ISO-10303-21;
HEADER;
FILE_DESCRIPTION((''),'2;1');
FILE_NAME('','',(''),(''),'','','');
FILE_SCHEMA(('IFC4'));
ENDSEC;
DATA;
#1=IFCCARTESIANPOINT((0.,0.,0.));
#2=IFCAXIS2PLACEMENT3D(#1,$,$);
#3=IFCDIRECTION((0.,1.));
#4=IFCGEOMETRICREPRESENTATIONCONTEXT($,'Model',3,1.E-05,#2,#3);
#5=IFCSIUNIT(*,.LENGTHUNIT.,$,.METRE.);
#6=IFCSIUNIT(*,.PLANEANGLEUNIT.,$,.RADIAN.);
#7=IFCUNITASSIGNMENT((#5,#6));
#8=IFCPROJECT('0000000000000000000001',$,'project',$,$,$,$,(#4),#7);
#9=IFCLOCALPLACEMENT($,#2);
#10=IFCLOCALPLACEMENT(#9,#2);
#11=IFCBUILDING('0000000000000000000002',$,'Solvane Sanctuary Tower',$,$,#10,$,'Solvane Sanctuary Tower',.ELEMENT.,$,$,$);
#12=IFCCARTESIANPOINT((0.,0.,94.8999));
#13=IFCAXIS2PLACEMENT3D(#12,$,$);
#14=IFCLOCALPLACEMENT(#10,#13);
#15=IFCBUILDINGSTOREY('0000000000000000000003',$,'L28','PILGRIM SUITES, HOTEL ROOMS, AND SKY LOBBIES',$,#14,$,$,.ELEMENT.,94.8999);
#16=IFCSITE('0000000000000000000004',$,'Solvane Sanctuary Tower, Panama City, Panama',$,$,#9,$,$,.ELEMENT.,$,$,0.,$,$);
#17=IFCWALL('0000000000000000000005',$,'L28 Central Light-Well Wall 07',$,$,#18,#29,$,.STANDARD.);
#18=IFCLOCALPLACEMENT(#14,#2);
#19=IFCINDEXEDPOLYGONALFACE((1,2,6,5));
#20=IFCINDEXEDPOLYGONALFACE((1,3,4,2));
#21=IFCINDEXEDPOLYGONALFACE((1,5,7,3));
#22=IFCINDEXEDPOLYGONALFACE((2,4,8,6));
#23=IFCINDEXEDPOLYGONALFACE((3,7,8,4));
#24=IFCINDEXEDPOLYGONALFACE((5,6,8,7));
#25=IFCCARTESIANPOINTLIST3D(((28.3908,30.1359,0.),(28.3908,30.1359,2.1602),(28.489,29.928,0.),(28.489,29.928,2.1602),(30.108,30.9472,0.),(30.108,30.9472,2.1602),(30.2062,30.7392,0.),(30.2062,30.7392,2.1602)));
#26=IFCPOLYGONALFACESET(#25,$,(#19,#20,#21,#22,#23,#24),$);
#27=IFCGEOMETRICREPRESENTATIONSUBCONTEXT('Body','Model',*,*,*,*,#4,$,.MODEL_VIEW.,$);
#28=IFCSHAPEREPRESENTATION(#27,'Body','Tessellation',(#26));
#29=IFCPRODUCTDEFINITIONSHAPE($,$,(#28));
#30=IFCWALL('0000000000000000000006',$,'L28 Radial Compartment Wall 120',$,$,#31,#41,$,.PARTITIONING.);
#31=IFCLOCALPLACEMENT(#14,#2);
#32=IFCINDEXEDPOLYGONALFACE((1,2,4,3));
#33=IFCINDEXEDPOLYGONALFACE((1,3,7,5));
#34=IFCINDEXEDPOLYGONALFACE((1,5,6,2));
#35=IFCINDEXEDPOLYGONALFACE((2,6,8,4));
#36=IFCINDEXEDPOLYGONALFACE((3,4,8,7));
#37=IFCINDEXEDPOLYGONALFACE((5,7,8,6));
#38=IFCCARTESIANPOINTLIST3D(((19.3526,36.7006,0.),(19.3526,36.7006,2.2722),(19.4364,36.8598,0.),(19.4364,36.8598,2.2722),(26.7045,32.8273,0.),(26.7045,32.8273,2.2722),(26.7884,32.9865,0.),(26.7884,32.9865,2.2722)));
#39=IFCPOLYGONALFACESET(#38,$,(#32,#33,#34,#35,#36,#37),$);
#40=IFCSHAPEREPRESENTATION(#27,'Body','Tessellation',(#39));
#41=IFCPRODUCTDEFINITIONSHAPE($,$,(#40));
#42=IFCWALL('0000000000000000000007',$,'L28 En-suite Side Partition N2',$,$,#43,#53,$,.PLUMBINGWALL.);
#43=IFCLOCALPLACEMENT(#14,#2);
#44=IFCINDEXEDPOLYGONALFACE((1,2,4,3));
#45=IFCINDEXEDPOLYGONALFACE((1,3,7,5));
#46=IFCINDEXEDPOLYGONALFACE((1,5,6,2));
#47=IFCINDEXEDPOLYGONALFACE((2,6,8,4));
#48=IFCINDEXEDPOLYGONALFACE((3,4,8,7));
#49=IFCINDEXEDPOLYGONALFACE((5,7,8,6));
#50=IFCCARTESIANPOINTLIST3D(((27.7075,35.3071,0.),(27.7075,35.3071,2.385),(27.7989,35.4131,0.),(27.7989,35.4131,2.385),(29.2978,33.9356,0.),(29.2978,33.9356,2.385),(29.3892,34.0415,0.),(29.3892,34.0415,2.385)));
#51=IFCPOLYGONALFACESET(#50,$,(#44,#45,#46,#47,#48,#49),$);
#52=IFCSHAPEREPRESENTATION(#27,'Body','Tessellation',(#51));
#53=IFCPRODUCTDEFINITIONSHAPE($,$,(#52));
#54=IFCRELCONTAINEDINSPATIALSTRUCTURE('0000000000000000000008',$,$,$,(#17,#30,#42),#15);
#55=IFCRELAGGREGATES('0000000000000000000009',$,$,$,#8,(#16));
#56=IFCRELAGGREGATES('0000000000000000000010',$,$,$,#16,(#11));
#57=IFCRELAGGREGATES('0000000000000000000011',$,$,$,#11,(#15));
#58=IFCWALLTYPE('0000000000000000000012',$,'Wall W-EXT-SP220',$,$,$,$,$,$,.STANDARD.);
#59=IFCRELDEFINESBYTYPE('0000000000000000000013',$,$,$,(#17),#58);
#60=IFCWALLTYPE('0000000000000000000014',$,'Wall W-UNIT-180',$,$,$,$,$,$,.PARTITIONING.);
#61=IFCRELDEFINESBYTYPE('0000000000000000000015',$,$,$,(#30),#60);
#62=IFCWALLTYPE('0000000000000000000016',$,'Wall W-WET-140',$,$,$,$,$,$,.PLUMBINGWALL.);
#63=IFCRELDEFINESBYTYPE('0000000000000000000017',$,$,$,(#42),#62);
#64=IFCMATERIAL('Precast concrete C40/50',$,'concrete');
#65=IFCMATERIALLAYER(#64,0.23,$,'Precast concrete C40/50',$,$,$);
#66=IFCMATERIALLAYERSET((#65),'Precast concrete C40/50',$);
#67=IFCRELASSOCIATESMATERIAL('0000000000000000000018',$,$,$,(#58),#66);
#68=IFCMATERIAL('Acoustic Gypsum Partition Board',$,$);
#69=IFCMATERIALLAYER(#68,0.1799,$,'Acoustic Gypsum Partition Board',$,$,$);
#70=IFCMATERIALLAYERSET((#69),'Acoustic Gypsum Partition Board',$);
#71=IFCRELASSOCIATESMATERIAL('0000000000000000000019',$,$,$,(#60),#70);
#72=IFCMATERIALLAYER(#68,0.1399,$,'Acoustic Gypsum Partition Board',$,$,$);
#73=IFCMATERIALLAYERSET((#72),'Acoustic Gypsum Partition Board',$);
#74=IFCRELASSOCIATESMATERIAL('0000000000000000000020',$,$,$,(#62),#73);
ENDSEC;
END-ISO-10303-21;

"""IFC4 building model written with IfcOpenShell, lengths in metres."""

from ifc_helpers import new_model, si_unit, direction, frame, frame_2d, origin, place, context, subcontext, project, spatial, rectangle, extrude, material, layer, layer_set, type_object, element, save


model = new_model("IFC4")

# Units and contexts
model_context = context("Model", 3, precision=1e-05, world=origin(), true_north=direction((0.0, 1.0)))
body_context = subcontext(model_context, "Body", "Model", "MODEL_VIEW")
ifc_project = project(units=[si_unit("LENGTHUNIT", "METRE"), si_unit("PLANEANGLEUNIT", "RADIAN")], contexts=[model_context])

# Site, building, storey
site_placement = place(None, origin())
site = spatial("IfcSite", under=ifc_project, at=site_placement, Name="Solvane Sanctuary Tower, Panama City, Panama", CompositionType="ELEMENT", RefElevation=0.0)
building_placement = place(site_placement, origin())
building = spatial("IfcBuilding", under=site, at=building_placement, Name="Solvane Sanctuary Tower", LongName="Solvane Sanctuary Tower", CompositionType="ELEMENT")
storey_placement = place(building_placement, frame((0.0, 0.0, 94.8999)))
storey = spatial("IfcBuildingStorey", under=building, at=storey_placement, Name="L28", Description="PILGRIM SUITES, HOTEL ROOMS, AND SKY LOBBIES", CompositionType="ELEMENT", Elevation=94.8999)

# Shared definitions
ifc_material_1 = material(Name="Acoustic Gypsum Partition Board")

# Walls
ifc_material_2 = material(Name="Precast concrete C40/50", Category="concrete")
ifc_layer_1 = layer(ifc_material_2, 0.23, Name="Precast concrete C40/50")
ifc_layer_set_1 = layer_set([ifc_layer_1], Name="Precast concrete C40/50")
wall_type_1 = type_object("IfcWallType", Name="Wall W-EXT-SP220", PredefinedType="STANDARD", material=ifc_layer_set_1)
wall_1_placement = place(storey_placement, frame((30.1572, 30.8433, 0.0), z_axis=(0.0, 0.0, 1.0), x_axis=(-0.90418, -0.427152, 0.0)))
element("IfcWall", 1, at=wall_1_placement, inside=storey, type_object=wall_type_1, Name="L28 Central Light-Well Wall 07", PredefinedType="STANDARD", context=body_context, shape_type="SweptSolid", body=[
    extrude(rectangle(XDim=1.8992, YDim=0.23, at=frame_2d((0.9497, 0.0))), origin(), (0.0, 0.0, 1.0), 2.1602),
])
ifc_layer_2 = layer(ifc_material_1, 0.1799, Name="Acoustic Gypsum Partition Board")
ifc_layer_set_2 = layer_set([ifc_layer_2], Name="Acoustic Gypsum Partition Board")
wall_type_2 = type_object("IfcWallType", Name="Wall W-UNIT-180", PredefinedType="PARTITIONING", material=ifc_layer_set_2)
wall_2_placement = place(storey_placement, frame((26.7463, 32.907, 0.0), z_axis=(0.0, 0.0, 1.0), x_axis=(-0.88473, 0.466104, 0.0)))
element("IfcWall", 2, at=wall_2_placement, inside=storey, type_object=wall_type_2, Name="L28 Radial Compartment Wall 120", PredefinedType="PARTITIONING", context=body_context, shape_type="SweptSolid", body=[
    extrude(rectangle(XDim=8.3098, YDim=0.1799, at=frame_2d((4.1548, 0.0))), origin(), (0.0, 0.0, 1.0), 2.2722),
])
ifc_layer_3 = layer(ifc_material_1, 0.1399, Name="Acoustic Gypsum Partition Board")
ifc_layer_set_3 = layer_set([ifc_layer_3], Name="Acoustic Gypsum Partition Board")
wall_type_3 = type_object("IfcWallType", Name="Wall W-WET-140", PredefinedType="PLUMBINGWALL", material=ifc_layer_set_3)
wall_3_placement = place(storey_placement, frame((29.3435, 33.9885, 0.0), z_axis=(0.0, 0.0, 1.0), x_axis=(-0.757267, 0.653105, 0.0)))
element("IfcWall", 3, at=wall_3_placement, inside=storey, type_object=wall_type_3, Name="L28 En-suite Side Partition N2", PredefinedType="PLUMBINGWALL", context=body_context, shape_type="SweptSolid", body=[
    extrude(rectangle(XDim=2.1001, YDim=0.1399, at=frame_2d((1.05, 0.0))), origin(), (0.0, 0.0, 1.0), 2.385),
])

save(model, "model.ifc")
